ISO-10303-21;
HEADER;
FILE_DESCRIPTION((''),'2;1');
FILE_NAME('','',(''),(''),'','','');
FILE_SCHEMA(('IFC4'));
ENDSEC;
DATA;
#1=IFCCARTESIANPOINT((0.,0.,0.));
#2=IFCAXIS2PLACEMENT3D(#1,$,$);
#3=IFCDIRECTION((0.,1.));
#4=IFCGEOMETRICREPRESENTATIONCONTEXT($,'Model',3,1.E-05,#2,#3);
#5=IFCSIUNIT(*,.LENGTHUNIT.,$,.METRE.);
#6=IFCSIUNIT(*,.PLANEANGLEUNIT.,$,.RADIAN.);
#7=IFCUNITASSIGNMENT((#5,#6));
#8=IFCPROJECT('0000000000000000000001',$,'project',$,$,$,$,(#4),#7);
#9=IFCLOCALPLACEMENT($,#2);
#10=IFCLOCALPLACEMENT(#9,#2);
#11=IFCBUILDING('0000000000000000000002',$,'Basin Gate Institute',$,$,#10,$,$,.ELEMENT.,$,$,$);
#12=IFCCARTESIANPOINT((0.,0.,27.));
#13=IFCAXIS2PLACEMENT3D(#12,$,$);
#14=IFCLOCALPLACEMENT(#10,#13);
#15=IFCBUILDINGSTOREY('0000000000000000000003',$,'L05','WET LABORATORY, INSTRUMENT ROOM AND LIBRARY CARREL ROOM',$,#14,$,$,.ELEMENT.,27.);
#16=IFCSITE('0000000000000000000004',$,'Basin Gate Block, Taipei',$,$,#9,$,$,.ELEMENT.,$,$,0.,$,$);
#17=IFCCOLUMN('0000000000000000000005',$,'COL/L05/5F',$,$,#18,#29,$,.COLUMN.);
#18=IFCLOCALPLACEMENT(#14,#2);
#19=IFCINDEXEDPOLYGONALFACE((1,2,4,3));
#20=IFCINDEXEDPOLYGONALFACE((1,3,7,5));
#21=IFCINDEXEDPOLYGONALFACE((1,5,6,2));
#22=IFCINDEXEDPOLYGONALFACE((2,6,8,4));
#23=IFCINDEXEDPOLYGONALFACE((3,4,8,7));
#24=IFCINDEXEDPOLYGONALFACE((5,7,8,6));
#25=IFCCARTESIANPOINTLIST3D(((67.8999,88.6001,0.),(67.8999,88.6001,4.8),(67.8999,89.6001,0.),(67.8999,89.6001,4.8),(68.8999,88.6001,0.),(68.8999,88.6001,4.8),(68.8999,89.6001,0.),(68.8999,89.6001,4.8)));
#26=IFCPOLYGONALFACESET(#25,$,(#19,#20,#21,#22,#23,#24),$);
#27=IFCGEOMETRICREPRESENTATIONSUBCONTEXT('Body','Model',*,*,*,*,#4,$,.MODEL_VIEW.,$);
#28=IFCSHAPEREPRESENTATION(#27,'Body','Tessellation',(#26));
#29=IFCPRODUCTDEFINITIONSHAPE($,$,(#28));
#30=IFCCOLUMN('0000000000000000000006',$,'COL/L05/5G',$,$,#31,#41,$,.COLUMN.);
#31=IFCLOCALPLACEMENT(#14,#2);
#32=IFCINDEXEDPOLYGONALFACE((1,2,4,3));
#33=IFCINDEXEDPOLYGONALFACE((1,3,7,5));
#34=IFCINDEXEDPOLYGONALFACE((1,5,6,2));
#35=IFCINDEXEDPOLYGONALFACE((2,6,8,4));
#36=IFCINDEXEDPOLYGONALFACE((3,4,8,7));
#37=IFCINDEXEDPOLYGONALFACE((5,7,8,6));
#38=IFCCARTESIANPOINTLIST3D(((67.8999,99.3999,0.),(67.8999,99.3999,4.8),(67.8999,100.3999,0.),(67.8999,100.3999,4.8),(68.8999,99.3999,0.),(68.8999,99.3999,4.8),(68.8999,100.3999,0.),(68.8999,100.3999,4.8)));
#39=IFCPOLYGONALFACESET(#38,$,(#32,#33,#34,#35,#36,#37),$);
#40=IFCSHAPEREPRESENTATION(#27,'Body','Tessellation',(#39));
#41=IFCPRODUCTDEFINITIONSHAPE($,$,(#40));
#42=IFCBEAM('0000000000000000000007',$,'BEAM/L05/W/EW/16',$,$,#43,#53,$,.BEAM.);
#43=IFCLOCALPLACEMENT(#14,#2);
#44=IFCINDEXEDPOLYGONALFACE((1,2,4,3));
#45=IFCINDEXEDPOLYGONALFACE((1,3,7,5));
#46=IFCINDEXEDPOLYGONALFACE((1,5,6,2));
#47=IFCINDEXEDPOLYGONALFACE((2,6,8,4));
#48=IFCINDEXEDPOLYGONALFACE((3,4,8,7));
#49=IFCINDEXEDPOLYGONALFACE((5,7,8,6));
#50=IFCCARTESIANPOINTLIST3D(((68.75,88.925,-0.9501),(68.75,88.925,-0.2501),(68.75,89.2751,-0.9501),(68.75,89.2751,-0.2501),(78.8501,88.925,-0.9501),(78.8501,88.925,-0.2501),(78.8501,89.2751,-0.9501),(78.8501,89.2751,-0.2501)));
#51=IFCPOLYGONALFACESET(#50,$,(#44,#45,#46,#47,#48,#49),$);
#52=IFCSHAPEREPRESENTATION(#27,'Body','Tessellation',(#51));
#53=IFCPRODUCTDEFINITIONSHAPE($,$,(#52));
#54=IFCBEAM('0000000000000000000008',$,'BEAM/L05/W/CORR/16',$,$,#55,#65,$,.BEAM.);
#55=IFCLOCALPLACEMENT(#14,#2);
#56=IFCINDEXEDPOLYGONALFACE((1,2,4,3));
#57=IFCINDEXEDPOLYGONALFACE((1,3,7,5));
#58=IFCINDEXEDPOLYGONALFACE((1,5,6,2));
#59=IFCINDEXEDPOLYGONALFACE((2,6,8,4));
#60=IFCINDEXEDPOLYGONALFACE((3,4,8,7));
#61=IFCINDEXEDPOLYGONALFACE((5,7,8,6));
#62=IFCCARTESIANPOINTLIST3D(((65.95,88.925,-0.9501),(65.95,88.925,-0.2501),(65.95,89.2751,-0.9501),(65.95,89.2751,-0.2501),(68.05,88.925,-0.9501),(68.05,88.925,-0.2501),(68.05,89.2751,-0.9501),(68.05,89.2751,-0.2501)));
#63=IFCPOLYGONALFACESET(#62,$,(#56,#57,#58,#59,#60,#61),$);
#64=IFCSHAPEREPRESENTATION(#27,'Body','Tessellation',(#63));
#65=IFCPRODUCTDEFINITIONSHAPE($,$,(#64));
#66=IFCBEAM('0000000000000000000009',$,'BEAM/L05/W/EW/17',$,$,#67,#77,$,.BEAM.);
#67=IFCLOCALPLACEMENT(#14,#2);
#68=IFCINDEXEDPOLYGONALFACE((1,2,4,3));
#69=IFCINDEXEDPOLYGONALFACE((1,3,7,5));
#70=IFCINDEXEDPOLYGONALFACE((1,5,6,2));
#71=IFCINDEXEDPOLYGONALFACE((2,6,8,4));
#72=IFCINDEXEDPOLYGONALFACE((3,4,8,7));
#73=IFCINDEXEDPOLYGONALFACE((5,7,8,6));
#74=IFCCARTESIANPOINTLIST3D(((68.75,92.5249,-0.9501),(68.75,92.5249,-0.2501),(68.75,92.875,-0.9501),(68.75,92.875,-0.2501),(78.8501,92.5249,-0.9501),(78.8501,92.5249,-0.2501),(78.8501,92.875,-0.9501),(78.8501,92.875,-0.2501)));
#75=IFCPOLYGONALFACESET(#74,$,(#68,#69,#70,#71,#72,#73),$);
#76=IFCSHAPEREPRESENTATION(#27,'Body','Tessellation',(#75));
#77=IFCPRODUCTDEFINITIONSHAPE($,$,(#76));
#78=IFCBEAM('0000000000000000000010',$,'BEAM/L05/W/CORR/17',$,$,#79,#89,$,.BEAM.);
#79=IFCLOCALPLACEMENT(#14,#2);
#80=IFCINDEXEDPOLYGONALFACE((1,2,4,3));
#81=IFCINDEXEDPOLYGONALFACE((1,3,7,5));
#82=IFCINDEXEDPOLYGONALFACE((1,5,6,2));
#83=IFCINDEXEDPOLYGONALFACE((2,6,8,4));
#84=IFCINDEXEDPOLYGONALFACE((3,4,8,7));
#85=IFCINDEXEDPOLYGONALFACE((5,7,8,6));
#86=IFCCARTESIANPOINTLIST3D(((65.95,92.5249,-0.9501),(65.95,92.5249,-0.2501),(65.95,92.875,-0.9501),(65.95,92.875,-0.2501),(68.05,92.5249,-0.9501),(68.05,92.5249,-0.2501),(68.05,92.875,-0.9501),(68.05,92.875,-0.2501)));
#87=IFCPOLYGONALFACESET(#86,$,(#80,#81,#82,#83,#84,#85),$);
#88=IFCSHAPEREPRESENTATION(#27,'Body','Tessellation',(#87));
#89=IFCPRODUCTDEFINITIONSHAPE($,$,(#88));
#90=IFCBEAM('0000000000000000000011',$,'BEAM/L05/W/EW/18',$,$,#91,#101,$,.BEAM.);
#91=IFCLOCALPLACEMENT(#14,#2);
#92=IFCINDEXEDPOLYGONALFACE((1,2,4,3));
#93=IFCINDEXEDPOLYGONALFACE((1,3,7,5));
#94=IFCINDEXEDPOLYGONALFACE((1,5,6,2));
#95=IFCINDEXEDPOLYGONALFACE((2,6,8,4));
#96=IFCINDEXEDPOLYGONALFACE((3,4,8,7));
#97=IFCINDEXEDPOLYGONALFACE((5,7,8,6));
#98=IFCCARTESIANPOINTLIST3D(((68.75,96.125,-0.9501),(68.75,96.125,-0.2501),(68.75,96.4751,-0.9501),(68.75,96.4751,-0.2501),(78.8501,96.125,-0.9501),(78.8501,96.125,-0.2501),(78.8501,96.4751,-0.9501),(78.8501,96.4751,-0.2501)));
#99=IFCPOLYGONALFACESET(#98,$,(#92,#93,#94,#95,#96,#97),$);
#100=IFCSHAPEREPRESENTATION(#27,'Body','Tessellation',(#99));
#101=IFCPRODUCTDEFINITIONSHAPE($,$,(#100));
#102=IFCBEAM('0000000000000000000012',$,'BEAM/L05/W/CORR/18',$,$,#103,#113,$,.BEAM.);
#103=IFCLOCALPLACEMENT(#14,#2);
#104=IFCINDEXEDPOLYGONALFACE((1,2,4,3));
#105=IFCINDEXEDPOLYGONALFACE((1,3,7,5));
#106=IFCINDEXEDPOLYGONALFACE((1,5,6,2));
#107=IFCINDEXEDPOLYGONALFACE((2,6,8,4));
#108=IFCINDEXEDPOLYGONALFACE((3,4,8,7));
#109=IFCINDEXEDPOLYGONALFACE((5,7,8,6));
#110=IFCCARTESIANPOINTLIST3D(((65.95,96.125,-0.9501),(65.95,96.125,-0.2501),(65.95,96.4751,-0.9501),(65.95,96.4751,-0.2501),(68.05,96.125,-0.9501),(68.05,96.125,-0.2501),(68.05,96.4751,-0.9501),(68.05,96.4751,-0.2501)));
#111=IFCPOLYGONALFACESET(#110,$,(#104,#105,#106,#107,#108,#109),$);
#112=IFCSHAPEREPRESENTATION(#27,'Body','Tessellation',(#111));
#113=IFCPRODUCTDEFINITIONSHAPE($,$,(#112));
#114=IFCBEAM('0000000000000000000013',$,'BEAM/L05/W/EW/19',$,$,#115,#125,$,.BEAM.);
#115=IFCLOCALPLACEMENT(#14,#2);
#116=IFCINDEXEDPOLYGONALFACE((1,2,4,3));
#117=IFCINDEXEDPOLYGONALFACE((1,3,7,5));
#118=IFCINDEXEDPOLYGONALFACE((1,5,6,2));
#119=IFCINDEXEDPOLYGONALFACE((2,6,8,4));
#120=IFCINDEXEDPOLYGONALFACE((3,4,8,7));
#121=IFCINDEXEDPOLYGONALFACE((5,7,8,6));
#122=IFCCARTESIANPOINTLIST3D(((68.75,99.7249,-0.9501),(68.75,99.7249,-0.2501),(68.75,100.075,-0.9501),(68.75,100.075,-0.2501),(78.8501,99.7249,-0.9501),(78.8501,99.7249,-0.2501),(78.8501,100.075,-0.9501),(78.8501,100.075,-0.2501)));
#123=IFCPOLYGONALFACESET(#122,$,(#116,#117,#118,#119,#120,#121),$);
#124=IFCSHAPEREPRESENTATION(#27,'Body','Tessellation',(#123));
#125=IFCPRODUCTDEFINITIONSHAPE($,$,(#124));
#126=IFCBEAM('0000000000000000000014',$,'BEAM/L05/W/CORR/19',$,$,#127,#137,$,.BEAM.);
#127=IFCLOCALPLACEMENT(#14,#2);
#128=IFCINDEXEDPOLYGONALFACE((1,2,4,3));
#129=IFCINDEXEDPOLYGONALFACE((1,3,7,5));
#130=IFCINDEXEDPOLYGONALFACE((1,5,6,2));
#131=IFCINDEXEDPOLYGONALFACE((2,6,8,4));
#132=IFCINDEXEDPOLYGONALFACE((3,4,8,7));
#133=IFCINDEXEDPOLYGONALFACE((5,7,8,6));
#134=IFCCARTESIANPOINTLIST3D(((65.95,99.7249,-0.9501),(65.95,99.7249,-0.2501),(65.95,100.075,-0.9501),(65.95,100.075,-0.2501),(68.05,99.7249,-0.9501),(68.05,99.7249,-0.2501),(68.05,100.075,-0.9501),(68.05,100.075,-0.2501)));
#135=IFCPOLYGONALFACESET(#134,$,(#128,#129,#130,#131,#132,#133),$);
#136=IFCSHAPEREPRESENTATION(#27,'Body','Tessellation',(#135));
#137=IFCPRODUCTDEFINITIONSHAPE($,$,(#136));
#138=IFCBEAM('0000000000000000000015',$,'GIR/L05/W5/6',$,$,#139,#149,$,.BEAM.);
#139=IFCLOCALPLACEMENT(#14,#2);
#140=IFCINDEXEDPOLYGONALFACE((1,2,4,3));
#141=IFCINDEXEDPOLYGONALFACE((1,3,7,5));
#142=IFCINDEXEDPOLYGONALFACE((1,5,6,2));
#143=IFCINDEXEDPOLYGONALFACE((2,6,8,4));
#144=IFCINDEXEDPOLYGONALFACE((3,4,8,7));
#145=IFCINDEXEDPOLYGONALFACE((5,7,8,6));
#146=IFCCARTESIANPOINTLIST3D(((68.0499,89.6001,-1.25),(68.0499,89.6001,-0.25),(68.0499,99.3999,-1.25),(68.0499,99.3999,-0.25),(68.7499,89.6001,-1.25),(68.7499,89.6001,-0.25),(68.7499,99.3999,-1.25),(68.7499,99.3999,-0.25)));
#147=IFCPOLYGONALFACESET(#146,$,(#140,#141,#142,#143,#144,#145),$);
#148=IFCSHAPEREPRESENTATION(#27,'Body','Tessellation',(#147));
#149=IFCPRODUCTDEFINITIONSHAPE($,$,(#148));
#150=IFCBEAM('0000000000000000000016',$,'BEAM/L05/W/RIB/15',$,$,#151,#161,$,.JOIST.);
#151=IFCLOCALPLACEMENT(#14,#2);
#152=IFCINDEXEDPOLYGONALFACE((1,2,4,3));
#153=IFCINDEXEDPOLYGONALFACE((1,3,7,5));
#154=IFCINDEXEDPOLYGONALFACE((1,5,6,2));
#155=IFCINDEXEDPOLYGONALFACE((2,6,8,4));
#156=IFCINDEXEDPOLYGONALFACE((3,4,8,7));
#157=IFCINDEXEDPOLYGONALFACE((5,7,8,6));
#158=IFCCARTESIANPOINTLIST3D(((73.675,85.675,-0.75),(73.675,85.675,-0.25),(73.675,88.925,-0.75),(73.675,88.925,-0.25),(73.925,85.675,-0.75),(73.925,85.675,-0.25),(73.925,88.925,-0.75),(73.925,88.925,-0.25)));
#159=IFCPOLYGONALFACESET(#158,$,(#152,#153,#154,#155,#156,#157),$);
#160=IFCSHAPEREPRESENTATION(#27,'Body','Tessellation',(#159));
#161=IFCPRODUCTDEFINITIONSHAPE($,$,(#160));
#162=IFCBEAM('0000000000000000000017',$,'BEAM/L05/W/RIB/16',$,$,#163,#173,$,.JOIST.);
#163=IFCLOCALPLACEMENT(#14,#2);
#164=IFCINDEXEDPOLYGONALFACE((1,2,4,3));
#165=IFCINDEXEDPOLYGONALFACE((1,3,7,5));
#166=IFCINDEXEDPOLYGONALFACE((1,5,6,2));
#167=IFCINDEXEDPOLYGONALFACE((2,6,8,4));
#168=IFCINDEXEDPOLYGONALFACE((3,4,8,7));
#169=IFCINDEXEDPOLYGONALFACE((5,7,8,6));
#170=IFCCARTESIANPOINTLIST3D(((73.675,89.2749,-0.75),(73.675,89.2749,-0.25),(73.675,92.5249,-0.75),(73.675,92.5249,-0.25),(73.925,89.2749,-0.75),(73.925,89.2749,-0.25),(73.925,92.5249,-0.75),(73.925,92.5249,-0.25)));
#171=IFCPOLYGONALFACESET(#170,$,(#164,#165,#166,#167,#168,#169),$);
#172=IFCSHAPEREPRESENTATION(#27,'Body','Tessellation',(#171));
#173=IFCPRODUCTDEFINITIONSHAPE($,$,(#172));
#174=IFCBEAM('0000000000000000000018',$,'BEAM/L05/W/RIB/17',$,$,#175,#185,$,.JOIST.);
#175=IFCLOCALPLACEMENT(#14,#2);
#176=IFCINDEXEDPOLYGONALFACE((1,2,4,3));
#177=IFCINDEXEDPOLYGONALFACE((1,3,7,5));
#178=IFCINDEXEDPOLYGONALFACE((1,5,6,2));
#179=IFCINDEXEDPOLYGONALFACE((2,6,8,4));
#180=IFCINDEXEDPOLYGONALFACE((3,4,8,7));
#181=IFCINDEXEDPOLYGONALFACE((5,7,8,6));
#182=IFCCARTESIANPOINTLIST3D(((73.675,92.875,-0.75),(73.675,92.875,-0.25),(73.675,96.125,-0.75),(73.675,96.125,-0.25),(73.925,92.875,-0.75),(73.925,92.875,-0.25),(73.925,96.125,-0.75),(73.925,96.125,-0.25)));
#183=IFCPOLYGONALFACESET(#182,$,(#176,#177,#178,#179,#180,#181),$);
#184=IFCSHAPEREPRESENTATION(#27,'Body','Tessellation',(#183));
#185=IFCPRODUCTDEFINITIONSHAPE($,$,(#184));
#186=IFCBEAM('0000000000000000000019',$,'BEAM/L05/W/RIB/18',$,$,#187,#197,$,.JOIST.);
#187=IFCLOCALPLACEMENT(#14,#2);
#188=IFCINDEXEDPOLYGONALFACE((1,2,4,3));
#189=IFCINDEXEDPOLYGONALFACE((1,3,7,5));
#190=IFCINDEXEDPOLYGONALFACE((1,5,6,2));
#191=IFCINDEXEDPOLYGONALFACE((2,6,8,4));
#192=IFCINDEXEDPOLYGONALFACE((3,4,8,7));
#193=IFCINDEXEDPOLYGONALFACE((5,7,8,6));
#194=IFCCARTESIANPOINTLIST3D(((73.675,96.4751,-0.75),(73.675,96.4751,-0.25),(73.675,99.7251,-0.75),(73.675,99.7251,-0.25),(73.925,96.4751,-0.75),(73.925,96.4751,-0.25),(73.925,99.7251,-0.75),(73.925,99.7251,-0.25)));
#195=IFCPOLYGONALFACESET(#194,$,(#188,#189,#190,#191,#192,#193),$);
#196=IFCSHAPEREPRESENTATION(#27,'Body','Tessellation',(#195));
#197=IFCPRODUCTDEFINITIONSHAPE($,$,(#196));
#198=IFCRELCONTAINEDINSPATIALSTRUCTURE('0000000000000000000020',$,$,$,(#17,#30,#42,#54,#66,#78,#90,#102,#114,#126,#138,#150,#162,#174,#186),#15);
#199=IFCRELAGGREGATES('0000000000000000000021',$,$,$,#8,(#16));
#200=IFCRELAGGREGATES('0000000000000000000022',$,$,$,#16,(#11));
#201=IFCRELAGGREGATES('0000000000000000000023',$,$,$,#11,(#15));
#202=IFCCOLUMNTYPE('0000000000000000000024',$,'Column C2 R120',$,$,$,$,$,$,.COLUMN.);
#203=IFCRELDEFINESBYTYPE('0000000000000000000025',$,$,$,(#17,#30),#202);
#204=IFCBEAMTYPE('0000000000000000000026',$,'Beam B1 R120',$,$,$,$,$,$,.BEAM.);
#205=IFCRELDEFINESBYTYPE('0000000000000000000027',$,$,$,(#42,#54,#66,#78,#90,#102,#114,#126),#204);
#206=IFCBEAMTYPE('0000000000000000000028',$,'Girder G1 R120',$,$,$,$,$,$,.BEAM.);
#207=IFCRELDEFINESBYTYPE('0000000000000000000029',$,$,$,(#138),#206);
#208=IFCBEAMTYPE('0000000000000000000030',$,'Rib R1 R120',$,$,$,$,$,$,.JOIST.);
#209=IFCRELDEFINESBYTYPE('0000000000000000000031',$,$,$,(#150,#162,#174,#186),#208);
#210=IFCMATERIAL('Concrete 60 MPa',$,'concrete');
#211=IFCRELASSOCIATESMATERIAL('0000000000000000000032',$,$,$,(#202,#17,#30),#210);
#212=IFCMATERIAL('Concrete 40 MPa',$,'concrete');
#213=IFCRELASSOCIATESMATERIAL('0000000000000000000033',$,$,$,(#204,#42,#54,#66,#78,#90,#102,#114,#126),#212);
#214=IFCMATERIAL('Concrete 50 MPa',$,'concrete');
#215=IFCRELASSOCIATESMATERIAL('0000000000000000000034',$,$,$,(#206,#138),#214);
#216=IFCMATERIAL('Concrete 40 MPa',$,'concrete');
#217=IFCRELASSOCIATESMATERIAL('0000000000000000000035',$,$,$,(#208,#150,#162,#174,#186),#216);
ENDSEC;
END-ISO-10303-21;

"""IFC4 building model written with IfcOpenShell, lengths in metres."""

from ifc_helpers import new_model, si_unit, direction, frame, origin, origin_2d, place, context, subcontext, project, spatial, rectangle, extrude, material, material_profile, profile_set, type_object, element, save


model = new_model("IFC4")

# Units and contexts
model_context = context("Model", 3, precision=1e-05, world=origin(), true_north=direction((0.0, 1.0)))
body_context = subcontext(model_context, "Body", "Model", "MODEL_VIEW")
ifc_project = project(units=[si_unit("LENGTHUNIT", "METRE"), si_unit("PLANEANGLEUNIT", "RADIAN")], contexts=[model_context])

# Site, building, storey
site_placement = place(None, origin())
site = spatial("IfcSite", under=ifc_project, at=site_placement, Name="Basin Gate Block, Taipei", CompositionType="ELEMENT", RefElevation=0.0)
building_placement = place(site_placement, origin())
building = spatial("IfcBuilding", under=site, at=building_placement, Name="Basin Gate Institute", CompositionType="ELEMENT")
storey_placement = place(building_placement, frame((0.0, 0.0, 27.0)))
storey = spatial("IfcBuildingStorey", under=building, at=storey_placement, Name="L05", Description="WET LABORATORY, INSTRUMENT ROOM AND LIBRARY CARREL ROOM", CompositionType="ELEMENT", Elevation=27.0)

# Columns
ifc_material_1 = material(Name="Concrete 60 MPa", Category="concrete")
ifc_material_profile_1 = material_profile(ifc_material_1, rectangle(XDim=1.0, YDim=1.0, at=origin_2d()), Name="Column C2 1000 x 1000")
ifc_profile_set_1 = profile_set([ifc_material_profile_1], Name="Concrete 60 MPa")
column_type = type_object("IfcColumnType", Name="Column C2 R120", PredefinedType="COLUMN", material=ifc_profile_set_1)
for number, where, z_axis, x_axis, name in (
    (1, (68.3999, 89.1001, 0.0), (0.0, 0.0, 1.0), (1.0, 0.0, 0.0), "COL/L05/5F"),
    (2, (68.3999, 99.8999, 0.0), (0.0, 0.0, 1.0), (1.0, 0.0, 0.0), "COL/L05/5G"),
):
    element("IfcColumn", number, at=place(storey_placement, frame(where, z_axis=z_axis, x_axis=x_axis)), inside=storey, type_object=column_type, material=ifc_profile_set_1, Name=name, PredefinedType="COLUMN", context=body_context, shape_type="SweptSolid", body=[
        extrude(rectangle(XDim=1.0, YDim=1.0, at=origin_2d()), origin(), (0.0, 0.0, 1.0), 4.8),
    ])

# Beams
ifc_material_2 = material(Name="Concrete 40 MPa", Category="concrete")
ifc_material_profile_2 = material_profile(ifc_material_2, rectangle(XDim=0.3501, YDim=0.7, at=origin_2d()), Name="Beam B1 350 x 700")
ifc_profile_set_2 = profile_set([ifc_material_profile_2], Name="Concrete 40 MPa")
beam_type_1 = type_object("IfcBeamType", Name="Beam B1 R120", PredefinedType="BEAM", material=ifc_profile_set_2)
beam_1_placement = place(storey_placement, frame((68.75, 89.1001, -0.6001), z_axis=(1.0, 0.0, 0.0), x_axis=(0.0, 1.0, 0.0)))
element("IfcBeam", 3, at=beam_1_placement, inside=storey, type_object=beam_type_1, material=ifc_profile_set_2, Name="BEAM/L05/W/EW/16", PredefinedType="BEAM", context=body_context, shape_type="SweptSolid", body=[
    extrude(rectangle(XDim=0.3501, YDim=0.7, at=origin_2d()), origin(), (0.0, 0.0, 1.0), 10.1001),
])
beam_2_placement = place(storey_placement, frame((65.95, 89.1001, -0.6001), z_axis=(1.0, 0.0, 0.0), x_axis=(0.0, 1.0, 0.0)))
element("IfcBeam", 4, at=beam_2_placement, inside=storey, type_object=beam_type_1, material=ifc_profile_set_2, Name="BEAM/L05/W/CORR/16", PredefinedType="BEAM", context=body_context, shape_type="SweptSolid", body=[
    extrude(rectangle(XDim=0.3501, YDim=0.7, at=origin_2d()), origin(), (0.0, 0.0, 1.0), 2.1001),
])
beam_3_placement = place(storey_placement, frame((68.75, 92.7, -0.6001), z_axis=(1.0, 0.0, 0.0), x_axis=(0.0, 1.0, 0.0)))
element("IfcBeam", 5, at=beam_3_placement, inside=storey, type_object=beam_type_1, material=ifc_profile_set_2, Name="BEAM/L05/W/EW/17", PredefinedType="BEAM", context=body_context, shape_type="SweptSolid", body=[
    extrude(rectangle(XDim=0.3501, YDim=0.7, at=origin_2d()), origin(), (0.0, 0.0, 1.0), 10.1001),
])
beam_4_placement = place(storey_placement, frame((65.95, 92.7, -0.6001), z_axis=(1.0, 0.0, 0.0), x_axis=(0.0, 1.0, 0.0)))
element("IfcBeam", 6, at=beam_4_placement, inside=storey, type_object=beam_type_1, material=ifc_profile_set_2, Name="BEAM/L05/W/CORR/17", PredefinedType="BEAM", context=body_context, shape_type="SweptSolid", body=[
    extrude(rectangle(XDim=0.3501, YDim=0.7, at=origin_2d()), origin(), (0.0, 0.0, 1.0), 2.1001),
])
beam_5_placement = place(storey_placement, frame((68.75, 96.3, -0.6001), z_axis=(1.0, 0.0, 0.0), x_axis=(0.0, 1.0, 0.0)))
element("IfcBeam", 7, at=beam_5_placement, inside=storey, type_object=beam_type_1, material=ifc_profile_set_2, Name="BEAM/L05/W/EW/18", PredefinedType="BEAM", context=body_context, shape_type="SweptSolid", body=[
    extrude(rectangle(XDim=0.3501, YDim=0.7, at=origin_2d()), origin(), (0.0, 0.0, 1.0), 10.1001),
])
beam_6_placement = place(storey_placement, frame((65.95, 96.3, -0.6001), z_axis=(1.0, 0.0, 0.0), x_axis=(0.0, 1.0, 0.0)))
element("IfcBeam", 8, at=beam_6_placement, inside=storey, type_object=beam_type_1, material=ifc_profile_set_2, Name="BEAM/L05/W/CORR/18", PredefinedType="BEAM", context=body_context, shape_type="SweptSolid", body=[
    extrude(rectangle(XDim=0.3501, YDim=0.7, at=origin_2d()), origin(), (0.0, 0.0, 1.0), 2.1001),
])
beam_7_placement = place(storey_placement, frame((68.75, 99.8999, -0.6001), z_axis=(1.0, 0.0, 0.0), x_axis=(0.0, 1.0, 0.0)))
element("IfcBeam", 9, at=beam_7_placement, inside=storey, type_object=beam_type_1, material=ifc_profile_set_2, Name="BEAM/L05/W/EW/19", PredefinedType="BEAM", context=body_context, shape_type="SweptSolid", body=[
    extrude(rectangle(XDim=0.3501, YDim=0.7, at=origin_2d()), origin(), (0.0, 0.0, 1.0), 10.1001),
])
beam_8_placement = place(storey_placement, frame((65.95, 99.8999, -0.6001), z_axis=(1.0, 0.0, 0.0), x_axis=(0.0, 1.0, 0.0)))
element("IfcBeam", 10, at=beam_8_placement, inside=storey, type_object=beam_type_1, material=ifc_profile_set_2, Name="BEAM/L05/W/CORR/19", PredefinedType="BEAM", context=body_context, shape_type="SweptSolid", body=[
    extrude(rectangle(XDim=0.3501, YDim=0.7, at=origin_2d()), origin(), (0.0, 0.0, 1.0), 2.1001),
])
ifc_material_3 = material(Name="Concrete 50 MPa", Category="concrete")
ifc_material_profile_3 = material_profile(ifc_material_3, rectangle(XDim=0.7, YDim=1.0, at=origin_2d()), Name="Girder G1 700 x 1000")
ifc_profile_set_3 = profile_set([ifc_material_profile_3], Name="Concrete 50 MPa")
beam_type_2 = type_object("IfcBeamType", Name="Girder G1 R120", PredefinedType="BEAM", material=ifc_profile_set_3)
beam_9_placement = place(storey_placement, frame((68.3999, 89.6001, -0.75), z_axis=(0.0, 1.0, 0.0), x_axis=(-1.0, 0.0, 0.0)))
element("IfcBeam", 11, at=beam_9_placement, inside=storey, type_object=beam_type_2, material=ifc_profile_set_3, Name="GIR/L05/W5/6", PredefinedType="BEAM", context=body_context, shape_type="SweptSolid", body=[
    extrude(rectangle(XDim=0.7, YDim=1.0, at=origin_2d()), origin(), (0.0, 0.0, 1.0), 9.7998),
])
ifc_material_4 = material(Name="Concrete 40 MPa", Category="concrete")
ifc_material_profile_4 = material_profile(ifc_material_4, rectangle(XDim=0.25, YDim=0.5, at=origin_2d()), Name="Rib R1 250 x 500")
ifc_profile_set_4 = profile_set([ifc_material_profile_4], Name="Concrete 40 MPa")
beam_type_3 = type_object("IfcBeamType", Name="Rib R1 R120", PredefinedType="JOIST", material=ifc_profile_set_4)
for number, where, z_axis, x_axis, name in (
    (12, (73.8, 85.675, -0.5), (0.0, 1.0, 0.0), (-1.0, 0.0, 0.0), "BEAM/L05/W/RIB/15"),
    (13, (73.8, 89.2749, -0.5), (0.0, 1.0, 0.0), (-1.0, 0.0, 0.0), "BEAM/L05/W/RIB/16"),
    (14, (73.8, 92.875, -0.5), (0.0, 1.0, 0.0), (-1.0, 0.0, 0.0), "BEAM/L05/W/RIB/17"),
    (15, (73.8, 96.4751, -0.5), (0.0, 1.0, 0.0), (-1.0, 0.0, 0.0), "BEAM/L05/W/RIB/18"),
):
    element("IfcBeam", number, at=place(storey_placement, frame(where, z_axis=z_axis, x_axis=x_axis)), inside=storey, type_object=beam_type_3, material=ifc_profile_set_4, Name=name, PredefinedType="JOIST", context=body_context, shape_type="SweptSolid", body=[
        extrude(rectangle(XDim=0.25, YDim=0.5, at=origin_2d()), origin(), (0.0, 0.0, 1.0), 3.25),
    ])

save(model, "model.ifc")
